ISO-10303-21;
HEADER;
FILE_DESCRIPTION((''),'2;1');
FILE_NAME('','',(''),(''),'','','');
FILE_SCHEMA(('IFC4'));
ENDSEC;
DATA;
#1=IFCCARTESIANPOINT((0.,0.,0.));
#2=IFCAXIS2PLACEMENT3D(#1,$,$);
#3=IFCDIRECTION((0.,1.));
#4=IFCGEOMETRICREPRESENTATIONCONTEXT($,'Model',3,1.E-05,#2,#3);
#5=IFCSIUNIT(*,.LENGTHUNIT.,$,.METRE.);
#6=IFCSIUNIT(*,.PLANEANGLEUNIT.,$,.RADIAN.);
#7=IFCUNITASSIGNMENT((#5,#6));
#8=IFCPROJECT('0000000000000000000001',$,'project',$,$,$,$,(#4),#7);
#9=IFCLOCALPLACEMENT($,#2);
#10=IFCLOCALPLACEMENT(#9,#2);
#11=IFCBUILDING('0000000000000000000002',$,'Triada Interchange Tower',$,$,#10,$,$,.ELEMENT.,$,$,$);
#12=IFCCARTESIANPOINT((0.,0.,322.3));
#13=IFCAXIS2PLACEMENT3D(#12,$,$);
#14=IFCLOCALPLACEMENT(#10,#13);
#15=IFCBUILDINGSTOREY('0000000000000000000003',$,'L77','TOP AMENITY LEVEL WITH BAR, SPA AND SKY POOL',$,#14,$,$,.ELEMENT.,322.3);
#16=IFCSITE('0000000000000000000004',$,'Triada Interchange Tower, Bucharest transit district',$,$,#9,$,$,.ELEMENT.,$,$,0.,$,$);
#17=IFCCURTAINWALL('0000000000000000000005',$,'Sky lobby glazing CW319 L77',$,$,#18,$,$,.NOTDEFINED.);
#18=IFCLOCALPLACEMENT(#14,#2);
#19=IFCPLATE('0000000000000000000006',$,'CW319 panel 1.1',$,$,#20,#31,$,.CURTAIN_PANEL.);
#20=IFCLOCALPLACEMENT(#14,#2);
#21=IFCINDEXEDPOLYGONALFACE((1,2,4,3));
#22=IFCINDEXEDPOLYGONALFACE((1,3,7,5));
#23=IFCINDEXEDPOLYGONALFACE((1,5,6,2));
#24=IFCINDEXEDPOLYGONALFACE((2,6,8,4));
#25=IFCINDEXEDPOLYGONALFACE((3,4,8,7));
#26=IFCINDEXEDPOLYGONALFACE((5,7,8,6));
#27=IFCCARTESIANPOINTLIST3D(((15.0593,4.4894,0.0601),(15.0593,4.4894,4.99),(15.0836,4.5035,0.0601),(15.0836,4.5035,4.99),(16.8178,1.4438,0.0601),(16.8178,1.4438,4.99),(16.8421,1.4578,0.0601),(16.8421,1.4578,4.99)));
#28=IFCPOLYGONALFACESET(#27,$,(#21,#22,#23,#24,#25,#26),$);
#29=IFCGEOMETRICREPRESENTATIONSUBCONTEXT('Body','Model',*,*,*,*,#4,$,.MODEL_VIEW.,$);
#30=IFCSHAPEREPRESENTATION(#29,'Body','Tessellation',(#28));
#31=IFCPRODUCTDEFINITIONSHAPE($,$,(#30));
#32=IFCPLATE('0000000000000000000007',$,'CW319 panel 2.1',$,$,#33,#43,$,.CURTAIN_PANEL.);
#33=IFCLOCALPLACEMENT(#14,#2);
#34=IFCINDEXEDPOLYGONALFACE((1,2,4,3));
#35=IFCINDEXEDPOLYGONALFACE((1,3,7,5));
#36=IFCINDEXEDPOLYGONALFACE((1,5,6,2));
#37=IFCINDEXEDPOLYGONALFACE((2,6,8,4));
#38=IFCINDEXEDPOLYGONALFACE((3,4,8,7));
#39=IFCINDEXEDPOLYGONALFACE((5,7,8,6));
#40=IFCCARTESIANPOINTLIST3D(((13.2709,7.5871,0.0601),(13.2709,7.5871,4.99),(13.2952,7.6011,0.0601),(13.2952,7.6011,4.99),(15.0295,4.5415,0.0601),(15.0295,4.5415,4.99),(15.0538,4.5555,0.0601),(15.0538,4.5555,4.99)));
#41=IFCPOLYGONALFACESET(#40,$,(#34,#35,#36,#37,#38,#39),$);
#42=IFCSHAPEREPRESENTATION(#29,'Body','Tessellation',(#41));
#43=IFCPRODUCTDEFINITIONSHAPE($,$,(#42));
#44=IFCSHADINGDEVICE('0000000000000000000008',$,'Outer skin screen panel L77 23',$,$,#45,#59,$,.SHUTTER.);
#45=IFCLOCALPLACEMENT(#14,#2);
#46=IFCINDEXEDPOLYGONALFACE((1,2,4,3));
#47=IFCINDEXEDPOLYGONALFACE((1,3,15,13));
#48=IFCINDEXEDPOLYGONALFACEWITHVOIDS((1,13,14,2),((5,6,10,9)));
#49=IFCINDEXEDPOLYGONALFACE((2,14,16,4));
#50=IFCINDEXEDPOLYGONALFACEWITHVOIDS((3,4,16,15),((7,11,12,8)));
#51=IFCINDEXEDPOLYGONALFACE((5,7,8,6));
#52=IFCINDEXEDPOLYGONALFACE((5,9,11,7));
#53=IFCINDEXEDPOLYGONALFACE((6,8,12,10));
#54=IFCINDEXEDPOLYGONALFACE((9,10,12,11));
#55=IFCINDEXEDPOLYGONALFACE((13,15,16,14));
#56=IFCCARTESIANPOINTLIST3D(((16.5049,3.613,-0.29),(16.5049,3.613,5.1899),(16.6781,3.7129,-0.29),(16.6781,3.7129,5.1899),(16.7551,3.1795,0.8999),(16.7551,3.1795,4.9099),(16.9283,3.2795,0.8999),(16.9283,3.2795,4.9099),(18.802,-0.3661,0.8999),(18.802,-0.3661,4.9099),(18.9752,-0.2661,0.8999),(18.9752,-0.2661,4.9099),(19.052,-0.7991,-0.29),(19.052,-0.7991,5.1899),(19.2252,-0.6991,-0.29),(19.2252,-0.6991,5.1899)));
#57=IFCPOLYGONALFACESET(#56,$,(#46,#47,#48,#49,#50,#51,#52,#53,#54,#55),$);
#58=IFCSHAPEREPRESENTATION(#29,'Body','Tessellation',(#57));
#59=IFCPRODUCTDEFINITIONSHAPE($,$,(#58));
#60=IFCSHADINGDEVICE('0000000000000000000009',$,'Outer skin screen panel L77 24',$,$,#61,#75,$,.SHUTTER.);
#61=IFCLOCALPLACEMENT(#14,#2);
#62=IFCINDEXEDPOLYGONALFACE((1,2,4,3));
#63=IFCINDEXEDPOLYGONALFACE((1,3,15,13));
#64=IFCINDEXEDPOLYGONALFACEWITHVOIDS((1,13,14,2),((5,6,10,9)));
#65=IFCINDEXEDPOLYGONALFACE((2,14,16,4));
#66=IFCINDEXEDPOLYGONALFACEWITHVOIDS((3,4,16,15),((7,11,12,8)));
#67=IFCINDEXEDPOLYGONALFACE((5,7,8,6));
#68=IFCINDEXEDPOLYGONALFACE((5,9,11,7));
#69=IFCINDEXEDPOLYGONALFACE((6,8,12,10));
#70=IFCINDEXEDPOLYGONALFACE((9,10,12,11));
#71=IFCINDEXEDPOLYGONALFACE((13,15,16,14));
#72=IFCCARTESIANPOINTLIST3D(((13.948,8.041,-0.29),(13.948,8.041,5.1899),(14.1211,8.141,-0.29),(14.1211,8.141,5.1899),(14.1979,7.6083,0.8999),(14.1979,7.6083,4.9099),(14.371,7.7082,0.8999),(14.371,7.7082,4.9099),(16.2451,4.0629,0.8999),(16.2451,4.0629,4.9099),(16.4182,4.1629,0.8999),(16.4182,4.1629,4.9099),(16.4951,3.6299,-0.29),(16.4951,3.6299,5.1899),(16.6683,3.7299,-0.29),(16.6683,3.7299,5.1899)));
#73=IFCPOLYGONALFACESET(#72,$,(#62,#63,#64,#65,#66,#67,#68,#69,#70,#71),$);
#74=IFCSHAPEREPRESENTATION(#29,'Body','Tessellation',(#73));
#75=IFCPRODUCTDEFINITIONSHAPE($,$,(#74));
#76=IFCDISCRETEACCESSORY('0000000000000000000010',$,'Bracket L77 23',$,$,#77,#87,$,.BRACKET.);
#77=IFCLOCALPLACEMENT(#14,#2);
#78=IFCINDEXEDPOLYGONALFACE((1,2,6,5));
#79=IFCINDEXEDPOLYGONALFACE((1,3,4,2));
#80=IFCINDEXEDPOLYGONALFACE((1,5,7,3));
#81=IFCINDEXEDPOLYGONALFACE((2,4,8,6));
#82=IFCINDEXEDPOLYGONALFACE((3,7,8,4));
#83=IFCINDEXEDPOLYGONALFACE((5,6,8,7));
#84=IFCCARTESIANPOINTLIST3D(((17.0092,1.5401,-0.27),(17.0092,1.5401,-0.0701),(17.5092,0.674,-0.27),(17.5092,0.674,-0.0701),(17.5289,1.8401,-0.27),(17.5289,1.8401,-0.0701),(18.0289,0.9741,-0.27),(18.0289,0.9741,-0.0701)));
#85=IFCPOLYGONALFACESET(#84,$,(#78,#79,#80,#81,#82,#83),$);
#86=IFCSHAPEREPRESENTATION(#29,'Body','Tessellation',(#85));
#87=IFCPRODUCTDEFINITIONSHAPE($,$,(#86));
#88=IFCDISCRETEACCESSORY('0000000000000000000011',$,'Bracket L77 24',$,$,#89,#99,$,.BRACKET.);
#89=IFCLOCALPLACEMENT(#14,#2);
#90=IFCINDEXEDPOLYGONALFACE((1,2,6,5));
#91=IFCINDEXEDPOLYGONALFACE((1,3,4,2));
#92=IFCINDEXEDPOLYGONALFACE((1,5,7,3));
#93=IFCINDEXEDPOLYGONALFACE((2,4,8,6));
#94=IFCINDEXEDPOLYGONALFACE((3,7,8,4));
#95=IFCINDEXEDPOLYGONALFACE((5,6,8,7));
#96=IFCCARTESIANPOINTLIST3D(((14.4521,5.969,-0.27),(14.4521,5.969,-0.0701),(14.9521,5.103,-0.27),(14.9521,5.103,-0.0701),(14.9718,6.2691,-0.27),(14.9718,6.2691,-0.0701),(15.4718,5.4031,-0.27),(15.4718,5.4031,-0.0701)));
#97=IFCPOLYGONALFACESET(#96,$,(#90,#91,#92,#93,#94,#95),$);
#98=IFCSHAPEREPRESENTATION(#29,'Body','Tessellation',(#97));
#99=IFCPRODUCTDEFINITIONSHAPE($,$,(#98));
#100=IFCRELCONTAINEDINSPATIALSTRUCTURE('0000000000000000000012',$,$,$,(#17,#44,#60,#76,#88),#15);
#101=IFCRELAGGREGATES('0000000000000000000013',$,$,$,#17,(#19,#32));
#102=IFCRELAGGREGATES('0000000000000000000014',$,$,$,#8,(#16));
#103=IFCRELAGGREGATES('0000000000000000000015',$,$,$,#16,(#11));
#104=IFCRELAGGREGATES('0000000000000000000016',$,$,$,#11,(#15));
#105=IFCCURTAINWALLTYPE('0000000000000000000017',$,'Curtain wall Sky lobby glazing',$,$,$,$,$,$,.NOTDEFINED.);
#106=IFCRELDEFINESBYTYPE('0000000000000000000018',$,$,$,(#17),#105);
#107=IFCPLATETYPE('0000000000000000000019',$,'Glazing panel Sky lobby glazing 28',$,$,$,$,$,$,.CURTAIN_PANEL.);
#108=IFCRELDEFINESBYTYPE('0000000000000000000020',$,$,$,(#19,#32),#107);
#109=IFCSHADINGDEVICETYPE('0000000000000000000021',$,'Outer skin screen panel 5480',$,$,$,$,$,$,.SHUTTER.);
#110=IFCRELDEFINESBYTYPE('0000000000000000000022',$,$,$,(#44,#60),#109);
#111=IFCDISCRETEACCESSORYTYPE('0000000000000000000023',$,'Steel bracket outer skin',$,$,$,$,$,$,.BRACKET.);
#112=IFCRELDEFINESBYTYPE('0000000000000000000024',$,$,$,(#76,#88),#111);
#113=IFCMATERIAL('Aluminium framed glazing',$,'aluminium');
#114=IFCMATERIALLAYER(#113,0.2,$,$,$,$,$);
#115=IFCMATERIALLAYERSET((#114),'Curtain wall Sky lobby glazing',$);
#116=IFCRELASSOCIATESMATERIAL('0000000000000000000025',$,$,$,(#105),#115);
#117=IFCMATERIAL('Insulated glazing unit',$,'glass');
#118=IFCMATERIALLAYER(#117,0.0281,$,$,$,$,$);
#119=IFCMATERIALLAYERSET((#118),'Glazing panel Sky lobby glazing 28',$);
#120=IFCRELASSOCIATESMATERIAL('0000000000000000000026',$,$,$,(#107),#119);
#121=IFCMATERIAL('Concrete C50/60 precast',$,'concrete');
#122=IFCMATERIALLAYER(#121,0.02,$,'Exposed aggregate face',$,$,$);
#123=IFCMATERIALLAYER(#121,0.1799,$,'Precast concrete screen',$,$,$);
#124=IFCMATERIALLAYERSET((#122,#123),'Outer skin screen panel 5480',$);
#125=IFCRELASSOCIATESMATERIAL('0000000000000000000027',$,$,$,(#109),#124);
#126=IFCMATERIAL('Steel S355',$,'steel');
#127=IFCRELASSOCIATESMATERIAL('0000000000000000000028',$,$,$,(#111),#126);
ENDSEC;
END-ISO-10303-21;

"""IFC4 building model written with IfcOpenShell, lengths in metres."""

from ifc_helpers import new_model, si_unit, direction, frame, origin, origin_2d, place, context, subcontext, project, spatial, polyline, rectangle, outline, extrude, material, layer, layer_set, type_object, element, aggregate, save


model = new_model("IFC4")

# Units and contexts
model_context = context("Model", 3, precision=1e-05, world=origin(), true_north=direction((0.0, 1.0)))
body_context = subcontext(model_context, "Body", "Model", "MODEL_VIEW")
ifc_project = project(units=[si_unit("LENGTHUNIT", "METRE"), si_unit("PLANEANGLEUNIT", "RADIAN")], contexts=[model_context])

# Site, building, storey
site_placement = place(None, origin())
site = spatial("IfcSite", under=ifc_project, at=site_placement, Name="Triada Interchange Tower, Bucharest transit district", CompositionType="ELEMENT", RefElevation=0.0)
building_placement = place(site_placement, origin())
building = spatial("IfcBuilding", under=site, at=building_placement, Name="Triada Interchange Tower", CompositionType="ELEMENT")
storey_placement = place(building_placement, frame((0.0, 0.0, 322.3)))
storey = spatial("IfcBuildingStorey", under=building, at=storey_placement, Name="L77", Description="TOP AMENITY LEVEL WITH BAR, SPA AND SKY POOL", CompositionType="ELEMENT", Elevation=322.3)

# Shared definitions
ifc_material_1 = material(Name="Aluminium framed glazing", Category="aluminium")
ifc_layer_1 = layer(ifc_material_1, 0.2)
ifc_layer_set_1 = layer_set([ifc_layer_1], Name="Curtain wall Sky lobby glazing")
curtain_wall_type = type_object("IfcCurtainWallType", Name="Curtain wall Sky lobby glazing", PredefinedType="NOTDEFINED", material=ifc_layer_set_1)

# Curtain wall
curtain_wall_1_placement = place(storey_placement, origin())
curtain_wall_1 = element("IfcCurtainWall", 1, at=curtain_wall_1_placement, inside=storey, type_object=curtain_wall_type, Name="Sky lobby glazing CW319 L77", PredefinedType="NOTDEFINED")

# Plates
ifc_material_2 = material(Name="Insulated glazing unit", Category="glass")
ifc_layer_2 = layer(ifc_material_2, 0.0281)
ifc_layer_set_2 = layer_set([ifc_layer_2], Name="Glazing panel Sky lobby glazing 28")
plate_type = type_object("IfcPlateType", Name="Glazing panel Sky lobby glazing 28", PredefinedType="CURTAIN_PANEL", material=ifc_layer_set_2)
plate_1_placement = place(storey_placement, frame((15.9507, 2.9736, 0.0601), z_axis=(0.0, 0.0, 1.0), x_axis=(-0.50003, 0.866008, 0.0)))
plate_1 = element("IfcPlate", 2, at=plate_1_placement, type_object=plate_type, Name="CW319 panel 1.1", PredefinedType="CURTAIN_PANEL", context=body_context, shape_type="SweptSolid", body=[
    extrude(rectangle(XDim=3.5168, YDim=0.0281, at=origin_2d()), origin(), (0.0, 0.0, 1.0), 4.9299),
])
plate_2_placement = place(storey_placement, frame((14.1624, 6.0713, 0.0601), z_axis=(0.0, 0.0, 1.0), x_axis=(-0.50003, 0.866008, 0.0)))
plate_2 = element("IfcPlate", 3, at=plate_2_placement, type_object=plate_type, Name="CW319 panel 2.1", PredefinedType="CURTAIN_PANEL", context=body_context, shape_type="SweptSolid", body=[
    extrude(rectangle(XDim=3.5168, YDim=0.0281, at=origin_2d()), origin(), (0.0, 0.0, 1.0), 4.9299),
])
aggregate(curtain_wall_1, [plate_1, plate_2])

# Shading devices
ifc_material_3 = material(Name="Concrete C50/60 precast", Category="concrete")
ifc_layer_3 = layer(ifc_material_3, 0.02, Name="Exposed aggregate face")
ifc_layer_4 = layer(ifc_material_3, 0.1799, Name="Precast concrete screen")
ifc_layer_set_3 = layer_set([ifc_layer_3, ifc_layer_4], Name="Outer skin screen panel 5480")
shading_device_type = type_object("IfcShadingDeviceType", Name="Outer skin screen panel 5480", PredefinedType="SHUTTER", material=ifc_layer_set_3)
shading_device_1_placement = place(storey_placement, frame((19.052, -0.7991, -0.29), z_axis=(0.0, 0.0, 1.0), x_axis=(-0.499969, 0.866044, 0.0)))
element("IfcShadingDevice", 4, at=shading_device_1_placement, inside=storey, type_object=shading_device_type, Name="Outer skin screen panel L77 23", PredefinedType="SHUTTER", context=body_context, shape_type="SweptSolid", body=[
    extrude(outline(polyline([(0.0, 0.0), (5.0945, 0.0), (5.0945, 5.48), (0.0, 5.48), (0.0, 0.0)]), holes=[polyline([(0.5, 1.1899), (0.5, 5.2), (4.594, 5.2), (4.594, 1.1899), (0.5, 1.1899)])]), frame((0.0, 0.0, 0.0), z_axis=(0.0, -1.0, 0.0), x_axis=(1.0, 0.0, 0.0)), (0.0, 0.0, 1.0), 0.2),
])
shading_device_2_placement = place(storey_placement, frame((16.4951, 3.6299, -0.29), z_axis=(0.0, 0.0, 1.0), x_axis=(-0.500052, 0.865996, 0.0)))
element("IfcShadingDevice", 5, at=shading_device_2_placement, inside=storey, type_object=shading_device_type, Name="Outer skin screen panel L77 24", PredefinedType="SHUTTER", context=body_context, shape_type="SweptSolid", body=[
    extrude(outline(polyline([(0.0, 0.0), (5.0938, 0.0), (5.0938, 5.48), (0.0, 5.48), (0.0, 0.0)]), holes=[polyline([(0.5, 1.1899), (0.5, 5.2), (4.594, 5.2), (4.594, 1.1899), (0.5, 1.1899)])]), frame((0.0, 0.0, 0.0), z_axis=(0.0, -1.0, 0.0), x_axis=(1.0, 0.0, 0.0)), (0.0, 0.0, 1.0), 0.2),
])

# Discrete accessories
ifc_material_4 = material(Name="Steel S355", Category="steel")
discrete_accessory_type = type_object("IfcDiscreteAccessoryType", Name="Steel bracket outer skin", PredefinedType="BRACKET", material=ifc_material_4)
for number, where, z_axis, x_axis, name in (
    (6, (17.519, 1.2571, -0.27), (0.0, 0.0, 1.0), (0.866019, 0.500011, 0.0), "Bracket L77 23"),
    (7, (14.9619, 5.686, -0.27), (0.0, 0.0, 1.0), (0.866019, 0.500011, 0.0), "Bracket L77 24"),
):
    element("IfcDiscreteAccessory", number, at=place(storey_placement, frame(where, z_axis=z_axis, x_axis=x_axis)), inside=storey, type_object=discrete_accessory_type, Name=name, PredefinedType="BRACKET", context=body_context, shape_type="SweptSolid", body=[
        extrude(rectangle(XDim=0.6001, YDim=1.0, at=origin_2d()), origin(), (0.0, 0.0, 1.0), 0.2),
    ])

save(model, "model.ifc")
